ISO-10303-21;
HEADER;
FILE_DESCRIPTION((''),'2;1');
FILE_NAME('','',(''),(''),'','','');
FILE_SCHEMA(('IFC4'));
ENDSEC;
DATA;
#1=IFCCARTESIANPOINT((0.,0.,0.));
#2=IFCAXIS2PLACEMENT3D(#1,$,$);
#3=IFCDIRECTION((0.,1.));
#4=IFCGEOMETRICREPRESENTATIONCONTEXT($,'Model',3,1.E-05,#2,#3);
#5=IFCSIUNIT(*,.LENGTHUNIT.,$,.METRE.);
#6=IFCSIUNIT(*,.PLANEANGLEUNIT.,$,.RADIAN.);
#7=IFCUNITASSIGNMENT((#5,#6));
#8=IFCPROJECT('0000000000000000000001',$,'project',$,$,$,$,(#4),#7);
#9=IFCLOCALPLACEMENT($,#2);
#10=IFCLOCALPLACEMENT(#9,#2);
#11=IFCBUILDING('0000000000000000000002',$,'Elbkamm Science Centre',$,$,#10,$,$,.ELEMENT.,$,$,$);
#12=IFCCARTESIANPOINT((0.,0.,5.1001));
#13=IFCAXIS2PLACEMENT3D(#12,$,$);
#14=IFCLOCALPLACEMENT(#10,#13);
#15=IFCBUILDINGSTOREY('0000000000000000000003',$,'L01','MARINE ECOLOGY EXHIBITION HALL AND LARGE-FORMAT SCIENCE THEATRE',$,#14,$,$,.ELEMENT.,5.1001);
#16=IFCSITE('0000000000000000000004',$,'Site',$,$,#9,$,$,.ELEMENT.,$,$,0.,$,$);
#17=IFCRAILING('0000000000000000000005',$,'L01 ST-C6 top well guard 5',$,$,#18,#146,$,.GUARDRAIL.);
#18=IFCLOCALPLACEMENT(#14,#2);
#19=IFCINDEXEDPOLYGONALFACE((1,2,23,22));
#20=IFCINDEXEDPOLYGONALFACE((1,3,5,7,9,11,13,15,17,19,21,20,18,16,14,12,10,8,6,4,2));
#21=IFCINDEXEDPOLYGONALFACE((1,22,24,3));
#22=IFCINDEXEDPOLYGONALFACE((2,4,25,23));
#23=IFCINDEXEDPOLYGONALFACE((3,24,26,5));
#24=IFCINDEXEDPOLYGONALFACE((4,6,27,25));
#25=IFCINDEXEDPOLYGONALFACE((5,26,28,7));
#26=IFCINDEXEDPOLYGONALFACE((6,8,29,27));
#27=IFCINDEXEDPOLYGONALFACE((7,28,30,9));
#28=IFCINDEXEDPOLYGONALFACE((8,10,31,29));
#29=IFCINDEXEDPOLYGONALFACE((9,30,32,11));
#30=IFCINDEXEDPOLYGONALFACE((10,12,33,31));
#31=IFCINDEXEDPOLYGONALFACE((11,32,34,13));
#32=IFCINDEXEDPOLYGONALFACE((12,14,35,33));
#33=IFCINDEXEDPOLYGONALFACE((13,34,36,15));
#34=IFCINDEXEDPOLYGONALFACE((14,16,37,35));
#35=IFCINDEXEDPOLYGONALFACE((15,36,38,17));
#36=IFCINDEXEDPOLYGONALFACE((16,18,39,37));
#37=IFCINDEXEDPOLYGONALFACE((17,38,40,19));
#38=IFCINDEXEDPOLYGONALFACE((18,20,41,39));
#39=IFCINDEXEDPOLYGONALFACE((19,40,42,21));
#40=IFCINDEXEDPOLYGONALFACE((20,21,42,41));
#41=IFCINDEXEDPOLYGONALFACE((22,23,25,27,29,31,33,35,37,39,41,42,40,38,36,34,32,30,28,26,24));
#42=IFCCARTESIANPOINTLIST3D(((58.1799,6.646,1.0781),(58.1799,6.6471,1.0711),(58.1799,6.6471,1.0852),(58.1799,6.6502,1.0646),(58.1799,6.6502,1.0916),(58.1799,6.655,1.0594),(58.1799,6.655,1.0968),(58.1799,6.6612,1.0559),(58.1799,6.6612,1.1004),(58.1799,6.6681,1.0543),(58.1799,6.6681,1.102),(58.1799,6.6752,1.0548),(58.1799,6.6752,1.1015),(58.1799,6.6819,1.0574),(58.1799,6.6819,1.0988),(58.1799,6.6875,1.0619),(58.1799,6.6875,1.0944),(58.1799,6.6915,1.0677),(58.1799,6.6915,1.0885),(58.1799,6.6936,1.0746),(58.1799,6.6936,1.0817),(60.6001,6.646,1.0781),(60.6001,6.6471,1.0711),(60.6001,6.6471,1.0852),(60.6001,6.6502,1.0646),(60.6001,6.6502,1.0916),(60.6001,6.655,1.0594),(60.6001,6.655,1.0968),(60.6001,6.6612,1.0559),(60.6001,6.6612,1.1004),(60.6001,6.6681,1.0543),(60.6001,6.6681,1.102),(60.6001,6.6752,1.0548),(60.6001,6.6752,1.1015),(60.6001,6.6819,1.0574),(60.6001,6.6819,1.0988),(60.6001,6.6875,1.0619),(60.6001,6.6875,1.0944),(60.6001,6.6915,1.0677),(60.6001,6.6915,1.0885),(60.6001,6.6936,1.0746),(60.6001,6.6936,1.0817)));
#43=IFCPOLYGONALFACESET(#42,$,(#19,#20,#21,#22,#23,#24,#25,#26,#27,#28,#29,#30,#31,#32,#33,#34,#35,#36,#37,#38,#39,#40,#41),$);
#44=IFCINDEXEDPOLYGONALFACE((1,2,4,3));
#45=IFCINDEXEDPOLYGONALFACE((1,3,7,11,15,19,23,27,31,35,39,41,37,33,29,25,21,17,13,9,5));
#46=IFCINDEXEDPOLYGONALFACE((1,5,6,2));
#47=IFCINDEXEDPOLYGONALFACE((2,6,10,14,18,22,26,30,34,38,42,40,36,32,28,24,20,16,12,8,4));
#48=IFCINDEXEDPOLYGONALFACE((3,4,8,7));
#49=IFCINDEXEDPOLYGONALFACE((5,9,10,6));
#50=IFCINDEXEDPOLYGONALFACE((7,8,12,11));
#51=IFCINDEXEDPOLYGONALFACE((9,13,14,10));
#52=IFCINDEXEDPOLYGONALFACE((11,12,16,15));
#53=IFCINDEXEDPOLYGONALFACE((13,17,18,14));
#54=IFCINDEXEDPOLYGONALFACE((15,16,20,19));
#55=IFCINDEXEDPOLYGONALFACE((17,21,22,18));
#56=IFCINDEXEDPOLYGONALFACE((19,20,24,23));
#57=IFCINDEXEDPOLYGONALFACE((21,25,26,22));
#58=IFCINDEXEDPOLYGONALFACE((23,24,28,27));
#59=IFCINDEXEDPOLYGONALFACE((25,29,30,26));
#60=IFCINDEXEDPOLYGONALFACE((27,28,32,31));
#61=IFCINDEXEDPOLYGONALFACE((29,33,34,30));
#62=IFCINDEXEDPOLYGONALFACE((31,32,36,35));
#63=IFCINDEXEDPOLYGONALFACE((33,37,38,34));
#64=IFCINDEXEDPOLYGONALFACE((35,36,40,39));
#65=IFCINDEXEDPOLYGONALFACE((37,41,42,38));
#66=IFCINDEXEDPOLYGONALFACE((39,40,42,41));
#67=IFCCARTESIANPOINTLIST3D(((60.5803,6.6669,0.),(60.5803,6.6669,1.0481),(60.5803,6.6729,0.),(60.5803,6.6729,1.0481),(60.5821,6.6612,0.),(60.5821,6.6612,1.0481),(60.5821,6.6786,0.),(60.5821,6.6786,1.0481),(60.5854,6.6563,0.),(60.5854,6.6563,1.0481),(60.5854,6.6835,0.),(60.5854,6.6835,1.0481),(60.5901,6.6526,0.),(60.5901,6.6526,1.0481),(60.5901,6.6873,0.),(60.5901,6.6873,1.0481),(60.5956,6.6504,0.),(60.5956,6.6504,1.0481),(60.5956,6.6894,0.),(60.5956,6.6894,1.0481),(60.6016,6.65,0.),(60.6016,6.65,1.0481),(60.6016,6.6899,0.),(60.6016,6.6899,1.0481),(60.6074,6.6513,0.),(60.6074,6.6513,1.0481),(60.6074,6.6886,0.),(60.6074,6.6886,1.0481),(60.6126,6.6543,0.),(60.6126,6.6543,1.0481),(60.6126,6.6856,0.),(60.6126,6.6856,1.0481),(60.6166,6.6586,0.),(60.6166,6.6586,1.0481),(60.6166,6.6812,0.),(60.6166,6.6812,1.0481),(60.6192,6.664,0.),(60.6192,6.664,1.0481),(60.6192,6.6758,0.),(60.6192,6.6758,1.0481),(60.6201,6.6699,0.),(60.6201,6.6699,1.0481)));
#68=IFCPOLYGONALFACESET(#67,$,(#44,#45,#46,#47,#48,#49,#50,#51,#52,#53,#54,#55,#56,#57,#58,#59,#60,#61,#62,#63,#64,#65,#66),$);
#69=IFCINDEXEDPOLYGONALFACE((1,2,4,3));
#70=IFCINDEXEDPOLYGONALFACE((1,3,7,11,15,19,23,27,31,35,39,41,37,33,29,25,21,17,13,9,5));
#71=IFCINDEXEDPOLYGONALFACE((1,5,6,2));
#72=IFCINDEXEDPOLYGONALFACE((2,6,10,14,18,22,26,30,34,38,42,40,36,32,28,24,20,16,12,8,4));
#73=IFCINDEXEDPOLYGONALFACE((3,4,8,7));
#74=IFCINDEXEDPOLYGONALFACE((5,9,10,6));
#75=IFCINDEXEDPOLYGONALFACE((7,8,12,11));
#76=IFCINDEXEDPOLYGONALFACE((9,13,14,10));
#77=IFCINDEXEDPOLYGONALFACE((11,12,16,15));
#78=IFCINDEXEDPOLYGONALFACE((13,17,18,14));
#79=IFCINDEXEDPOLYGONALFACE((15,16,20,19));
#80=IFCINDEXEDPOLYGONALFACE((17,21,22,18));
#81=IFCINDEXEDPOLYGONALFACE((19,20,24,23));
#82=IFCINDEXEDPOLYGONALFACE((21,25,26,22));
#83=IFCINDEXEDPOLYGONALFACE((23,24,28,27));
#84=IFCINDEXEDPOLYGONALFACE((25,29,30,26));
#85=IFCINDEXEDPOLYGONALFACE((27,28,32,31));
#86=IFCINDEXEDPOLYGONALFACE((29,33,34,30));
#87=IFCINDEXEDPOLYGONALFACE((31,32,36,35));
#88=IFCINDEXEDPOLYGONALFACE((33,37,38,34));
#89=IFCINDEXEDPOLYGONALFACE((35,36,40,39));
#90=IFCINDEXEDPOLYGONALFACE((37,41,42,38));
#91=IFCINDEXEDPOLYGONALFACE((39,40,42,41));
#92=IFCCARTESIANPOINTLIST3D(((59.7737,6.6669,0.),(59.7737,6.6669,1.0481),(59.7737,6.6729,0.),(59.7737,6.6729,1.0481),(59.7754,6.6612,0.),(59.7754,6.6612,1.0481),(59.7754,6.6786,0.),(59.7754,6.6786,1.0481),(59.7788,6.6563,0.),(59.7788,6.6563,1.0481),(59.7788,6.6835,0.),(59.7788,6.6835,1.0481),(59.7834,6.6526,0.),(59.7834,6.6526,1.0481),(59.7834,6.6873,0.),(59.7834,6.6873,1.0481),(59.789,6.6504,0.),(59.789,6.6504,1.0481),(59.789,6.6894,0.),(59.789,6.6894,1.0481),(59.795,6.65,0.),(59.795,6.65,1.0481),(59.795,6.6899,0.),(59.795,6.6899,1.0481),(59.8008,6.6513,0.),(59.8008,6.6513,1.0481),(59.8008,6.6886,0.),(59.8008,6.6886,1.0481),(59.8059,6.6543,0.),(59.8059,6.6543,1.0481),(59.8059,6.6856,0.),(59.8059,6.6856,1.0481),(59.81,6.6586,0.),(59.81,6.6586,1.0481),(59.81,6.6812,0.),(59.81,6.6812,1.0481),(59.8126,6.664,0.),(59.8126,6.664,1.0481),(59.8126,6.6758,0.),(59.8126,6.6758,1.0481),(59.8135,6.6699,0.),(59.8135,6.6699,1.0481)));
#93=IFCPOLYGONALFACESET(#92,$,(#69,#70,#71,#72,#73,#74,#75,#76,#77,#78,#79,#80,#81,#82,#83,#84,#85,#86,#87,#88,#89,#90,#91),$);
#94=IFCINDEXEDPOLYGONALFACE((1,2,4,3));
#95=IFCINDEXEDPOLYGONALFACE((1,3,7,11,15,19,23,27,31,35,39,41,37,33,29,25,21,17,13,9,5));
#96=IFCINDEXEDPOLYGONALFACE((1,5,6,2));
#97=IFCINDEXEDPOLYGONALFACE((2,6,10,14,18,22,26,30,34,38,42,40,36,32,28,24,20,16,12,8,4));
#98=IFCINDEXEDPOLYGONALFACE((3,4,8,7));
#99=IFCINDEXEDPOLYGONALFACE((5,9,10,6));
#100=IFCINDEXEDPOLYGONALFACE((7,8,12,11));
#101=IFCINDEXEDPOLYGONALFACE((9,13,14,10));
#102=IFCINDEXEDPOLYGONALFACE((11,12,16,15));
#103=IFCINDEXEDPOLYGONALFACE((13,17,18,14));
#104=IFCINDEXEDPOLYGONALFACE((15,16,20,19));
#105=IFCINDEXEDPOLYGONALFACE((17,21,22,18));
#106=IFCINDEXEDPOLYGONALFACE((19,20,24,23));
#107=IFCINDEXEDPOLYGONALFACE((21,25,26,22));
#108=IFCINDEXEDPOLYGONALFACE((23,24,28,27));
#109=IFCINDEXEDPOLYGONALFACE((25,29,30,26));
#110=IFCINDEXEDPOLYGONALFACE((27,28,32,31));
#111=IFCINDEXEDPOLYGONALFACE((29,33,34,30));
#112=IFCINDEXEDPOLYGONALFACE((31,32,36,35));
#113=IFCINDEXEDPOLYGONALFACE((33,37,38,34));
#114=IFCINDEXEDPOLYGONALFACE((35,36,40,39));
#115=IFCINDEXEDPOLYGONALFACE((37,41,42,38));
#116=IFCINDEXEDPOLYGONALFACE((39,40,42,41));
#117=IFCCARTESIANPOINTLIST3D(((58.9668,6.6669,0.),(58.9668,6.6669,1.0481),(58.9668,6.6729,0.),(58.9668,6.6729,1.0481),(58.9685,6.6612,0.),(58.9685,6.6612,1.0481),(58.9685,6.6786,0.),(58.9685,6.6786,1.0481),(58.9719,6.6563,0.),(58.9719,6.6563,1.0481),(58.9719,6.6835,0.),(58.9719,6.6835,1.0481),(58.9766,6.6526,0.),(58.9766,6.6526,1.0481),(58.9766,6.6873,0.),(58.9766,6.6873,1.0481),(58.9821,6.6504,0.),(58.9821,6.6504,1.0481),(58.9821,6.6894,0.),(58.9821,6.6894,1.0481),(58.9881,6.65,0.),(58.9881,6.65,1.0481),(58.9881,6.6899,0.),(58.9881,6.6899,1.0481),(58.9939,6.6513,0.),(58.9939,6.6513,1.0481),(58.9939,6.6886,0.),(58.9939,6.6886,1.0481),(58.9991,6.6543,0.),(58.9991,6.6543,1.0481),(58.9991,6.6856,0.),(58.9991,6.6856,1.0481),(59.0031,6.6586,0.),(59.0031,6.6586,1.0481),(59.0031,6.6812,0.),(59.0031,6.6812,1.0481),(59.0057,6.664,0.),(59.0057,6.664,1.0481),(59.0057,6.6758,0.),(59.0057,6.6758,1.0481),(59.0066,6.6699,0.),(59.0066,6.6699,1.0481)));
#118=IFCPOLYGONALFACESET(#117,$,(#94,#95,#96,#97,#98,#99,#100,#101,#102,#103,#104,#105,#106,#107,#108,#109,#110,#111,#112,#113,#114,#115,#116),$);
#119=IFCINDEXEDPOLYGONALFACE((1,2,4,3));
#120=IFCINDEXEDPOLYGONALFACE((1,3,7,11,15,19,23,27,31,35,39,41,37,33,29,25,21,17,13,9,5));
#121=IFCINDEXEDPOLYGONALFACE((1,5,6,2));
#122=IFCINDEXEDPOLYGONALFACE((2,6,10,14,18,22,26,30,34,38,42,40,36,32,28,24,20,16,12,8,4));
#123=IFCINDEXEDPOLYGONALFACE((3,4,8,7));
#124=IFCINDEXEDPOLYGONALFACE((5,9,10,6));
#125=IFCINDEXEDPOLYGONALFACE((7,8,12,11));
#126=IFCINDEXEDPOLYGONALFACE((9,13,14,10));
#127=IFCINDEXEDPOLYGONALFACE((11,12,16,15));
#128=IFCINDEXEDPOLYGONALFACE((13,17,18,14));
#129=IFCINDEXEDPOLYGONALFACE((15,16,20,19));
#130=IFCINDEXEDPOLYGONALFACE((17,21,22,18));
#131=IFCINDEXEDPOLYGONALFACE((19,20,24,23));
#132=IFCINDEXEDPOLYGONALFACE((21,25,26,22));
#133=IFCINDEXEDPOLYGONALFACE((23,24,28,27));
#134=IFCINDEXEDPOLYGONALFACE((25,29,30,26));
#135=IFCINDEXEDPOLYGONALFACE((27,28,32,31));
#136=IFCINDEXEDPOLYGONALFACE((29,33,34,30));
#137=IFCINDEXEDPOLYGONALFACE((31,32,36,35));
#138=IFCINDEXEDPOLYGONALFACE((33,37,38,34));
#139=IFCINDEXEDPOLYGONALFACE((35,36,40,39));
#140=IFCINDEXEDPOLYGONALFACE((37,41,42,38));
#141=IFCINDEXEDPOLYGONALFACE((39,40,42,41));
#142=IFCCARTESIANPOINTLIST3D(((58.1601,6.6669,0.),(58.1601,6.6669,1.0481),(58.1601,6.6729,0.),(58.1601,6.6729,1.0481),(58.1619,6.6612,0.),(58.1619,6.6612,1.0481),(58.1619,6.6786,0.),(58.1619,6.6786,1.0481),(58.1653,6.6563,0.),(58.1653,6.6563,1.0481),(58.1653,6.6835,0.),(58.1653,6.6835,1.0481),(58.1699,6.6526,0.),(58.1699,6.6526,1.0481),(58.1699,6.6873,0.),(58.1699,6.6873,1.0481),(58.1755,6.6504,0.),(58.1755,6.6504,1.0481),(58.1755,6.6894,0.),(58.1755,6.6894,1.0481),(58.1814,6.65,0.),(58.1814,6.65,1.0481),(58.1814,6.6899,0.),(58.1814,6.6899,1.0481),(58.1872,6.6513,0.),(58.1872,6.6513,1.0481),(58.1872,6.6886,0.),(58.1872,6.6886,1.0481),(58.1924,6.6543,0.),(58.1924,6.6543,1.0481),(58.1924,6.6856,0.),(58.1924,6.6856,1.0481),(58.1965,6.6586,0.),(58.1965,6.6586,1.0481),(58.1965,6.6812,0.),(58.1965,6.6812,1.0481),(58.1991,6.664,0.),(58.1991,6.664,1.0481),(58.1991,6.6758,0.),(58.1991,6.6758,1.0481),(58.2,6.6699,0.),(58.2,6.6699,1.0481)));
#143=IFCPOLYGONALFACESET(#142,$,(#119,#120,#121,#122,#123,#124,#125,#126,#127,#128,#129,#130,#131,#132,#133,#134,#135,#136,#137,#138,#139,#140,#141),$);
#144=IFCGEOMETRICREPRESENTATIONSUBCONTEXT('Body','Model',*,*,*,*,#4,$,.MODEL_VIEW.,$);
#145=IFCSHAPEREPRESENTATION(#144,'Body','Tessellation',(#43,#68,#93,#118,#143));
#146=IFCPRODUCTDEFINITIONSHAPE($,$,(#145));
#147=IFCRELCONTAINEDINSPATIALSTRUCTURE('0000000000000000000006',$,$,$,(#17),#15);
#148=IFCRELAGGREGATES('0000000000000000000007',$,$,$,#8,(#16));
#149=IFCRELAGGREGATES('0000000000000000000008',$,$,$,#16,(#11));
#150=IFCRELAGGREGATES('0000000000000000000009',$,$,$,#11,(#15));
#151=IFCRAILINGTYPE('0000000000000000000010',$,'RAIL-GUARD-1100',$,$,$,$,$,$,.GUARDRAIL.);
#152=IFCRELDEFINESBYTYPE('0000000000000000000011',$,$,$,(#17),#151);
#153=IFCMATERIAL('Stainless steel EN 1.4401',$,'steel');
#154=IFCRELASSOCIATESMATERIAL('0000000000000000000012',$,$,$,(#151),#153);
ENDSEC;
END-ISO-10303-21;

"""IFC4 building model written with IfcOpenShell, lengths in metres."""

from ifc_helpers import new_model, si_unit, direction, frame, origin, origin_2d, place, context, subcontext, project, spatial, circle, extrude, material, type_object, element, save


model = new_model("IFC4")

# Units and contexts
model_context = context("Model", 3, precision=1e-05, world=origin(), true_north=direction((0.0, 1.0)))
body_context = subcontext(model_context, "Body", "Model", "MODEL_VIEW")
ifc_project = project(units=[si_unit("LENGTHUNIT", "METRE"), si_unit("PLANEANGLEUNIT", "RADIAN")], contexts=[model_context])

# Site, building, storey
site_placement = place(None, origin())
site = spatial("IfcSite", under=ifc_project, at=site_placement, Name="Site", CompositionType="ELEMENT", RefElevation=0.0)
building_placement = place(site_placement, origin())
building = spatial("IfcBuilding", under=site, at=building_placement, Name="Elbkamm Science Centre", CompositionType="ELEMENT")
storey_placement = place(building_placement, frame((0.0, 0.0, 5.1001)))
storey = spatial("IfcBuildingStorey", under=building, at=storey_placement, Name="L01", Description="MARINE ECOLOGY EXHIBITION HALL AND LARGE-FORMAT SCIENCE THEATRE", CompositionType="ELEMENT", Elevation=5.1001)

# Railing
ifc_material_1 = material(Name="Stainless steel EN 1.4401", Category="steel")
railing_type_1 = type_object("IfcRailingType", Name="RAIL-GUARD-1100", PredefinedType="GUARDRAIL", material=ifc_material_1)
railing_1_placement = place(storey_placement, frame((60.6001, 6.6699, 0.0)))
element("IfcRailing", 1, at=railing_1_placement, inside=storey, type_object=railing_type_1, Name="L01 ST-C6 top well guard 5", PredefinedType="GUARDRAIL", context=body_context, shape_type="SweptSolid", body=[
    extrude(circle(Radius=0.0239, at=origin_2d()), frame((0.0, 0.0, 1.0781), z_axis=(-1.0, 0.0, 0.0), x_axis=(0.0, -1.0, 0.0)), (0.0, 0.0, 1.0), 2.4202),
    extrude(circle(Radius=0.02, at=origin_2d()), origin(), (0.0, 0.0, 1.0), 1.0481),
    extrude(circle(Radius=0.02, at=origin_2d()), frame((-0.8066, 0.0, 0.0)), (0.0, 0.0, 1.0), 1.0481),
    extrude(circle(Radius=0.02, at=origin_2d()), frame((-1.6135, 0.0, 0.0)), (0.0, 0.0, 1.0), 1.0481),
    extrude(circle(Radius=0.02, at=origin_2d()), frame((-2.4202, 0.0, 0.0)), (0.0, 0.0, 1.0), 1.0481),
])

save(model, "model.ifc")
